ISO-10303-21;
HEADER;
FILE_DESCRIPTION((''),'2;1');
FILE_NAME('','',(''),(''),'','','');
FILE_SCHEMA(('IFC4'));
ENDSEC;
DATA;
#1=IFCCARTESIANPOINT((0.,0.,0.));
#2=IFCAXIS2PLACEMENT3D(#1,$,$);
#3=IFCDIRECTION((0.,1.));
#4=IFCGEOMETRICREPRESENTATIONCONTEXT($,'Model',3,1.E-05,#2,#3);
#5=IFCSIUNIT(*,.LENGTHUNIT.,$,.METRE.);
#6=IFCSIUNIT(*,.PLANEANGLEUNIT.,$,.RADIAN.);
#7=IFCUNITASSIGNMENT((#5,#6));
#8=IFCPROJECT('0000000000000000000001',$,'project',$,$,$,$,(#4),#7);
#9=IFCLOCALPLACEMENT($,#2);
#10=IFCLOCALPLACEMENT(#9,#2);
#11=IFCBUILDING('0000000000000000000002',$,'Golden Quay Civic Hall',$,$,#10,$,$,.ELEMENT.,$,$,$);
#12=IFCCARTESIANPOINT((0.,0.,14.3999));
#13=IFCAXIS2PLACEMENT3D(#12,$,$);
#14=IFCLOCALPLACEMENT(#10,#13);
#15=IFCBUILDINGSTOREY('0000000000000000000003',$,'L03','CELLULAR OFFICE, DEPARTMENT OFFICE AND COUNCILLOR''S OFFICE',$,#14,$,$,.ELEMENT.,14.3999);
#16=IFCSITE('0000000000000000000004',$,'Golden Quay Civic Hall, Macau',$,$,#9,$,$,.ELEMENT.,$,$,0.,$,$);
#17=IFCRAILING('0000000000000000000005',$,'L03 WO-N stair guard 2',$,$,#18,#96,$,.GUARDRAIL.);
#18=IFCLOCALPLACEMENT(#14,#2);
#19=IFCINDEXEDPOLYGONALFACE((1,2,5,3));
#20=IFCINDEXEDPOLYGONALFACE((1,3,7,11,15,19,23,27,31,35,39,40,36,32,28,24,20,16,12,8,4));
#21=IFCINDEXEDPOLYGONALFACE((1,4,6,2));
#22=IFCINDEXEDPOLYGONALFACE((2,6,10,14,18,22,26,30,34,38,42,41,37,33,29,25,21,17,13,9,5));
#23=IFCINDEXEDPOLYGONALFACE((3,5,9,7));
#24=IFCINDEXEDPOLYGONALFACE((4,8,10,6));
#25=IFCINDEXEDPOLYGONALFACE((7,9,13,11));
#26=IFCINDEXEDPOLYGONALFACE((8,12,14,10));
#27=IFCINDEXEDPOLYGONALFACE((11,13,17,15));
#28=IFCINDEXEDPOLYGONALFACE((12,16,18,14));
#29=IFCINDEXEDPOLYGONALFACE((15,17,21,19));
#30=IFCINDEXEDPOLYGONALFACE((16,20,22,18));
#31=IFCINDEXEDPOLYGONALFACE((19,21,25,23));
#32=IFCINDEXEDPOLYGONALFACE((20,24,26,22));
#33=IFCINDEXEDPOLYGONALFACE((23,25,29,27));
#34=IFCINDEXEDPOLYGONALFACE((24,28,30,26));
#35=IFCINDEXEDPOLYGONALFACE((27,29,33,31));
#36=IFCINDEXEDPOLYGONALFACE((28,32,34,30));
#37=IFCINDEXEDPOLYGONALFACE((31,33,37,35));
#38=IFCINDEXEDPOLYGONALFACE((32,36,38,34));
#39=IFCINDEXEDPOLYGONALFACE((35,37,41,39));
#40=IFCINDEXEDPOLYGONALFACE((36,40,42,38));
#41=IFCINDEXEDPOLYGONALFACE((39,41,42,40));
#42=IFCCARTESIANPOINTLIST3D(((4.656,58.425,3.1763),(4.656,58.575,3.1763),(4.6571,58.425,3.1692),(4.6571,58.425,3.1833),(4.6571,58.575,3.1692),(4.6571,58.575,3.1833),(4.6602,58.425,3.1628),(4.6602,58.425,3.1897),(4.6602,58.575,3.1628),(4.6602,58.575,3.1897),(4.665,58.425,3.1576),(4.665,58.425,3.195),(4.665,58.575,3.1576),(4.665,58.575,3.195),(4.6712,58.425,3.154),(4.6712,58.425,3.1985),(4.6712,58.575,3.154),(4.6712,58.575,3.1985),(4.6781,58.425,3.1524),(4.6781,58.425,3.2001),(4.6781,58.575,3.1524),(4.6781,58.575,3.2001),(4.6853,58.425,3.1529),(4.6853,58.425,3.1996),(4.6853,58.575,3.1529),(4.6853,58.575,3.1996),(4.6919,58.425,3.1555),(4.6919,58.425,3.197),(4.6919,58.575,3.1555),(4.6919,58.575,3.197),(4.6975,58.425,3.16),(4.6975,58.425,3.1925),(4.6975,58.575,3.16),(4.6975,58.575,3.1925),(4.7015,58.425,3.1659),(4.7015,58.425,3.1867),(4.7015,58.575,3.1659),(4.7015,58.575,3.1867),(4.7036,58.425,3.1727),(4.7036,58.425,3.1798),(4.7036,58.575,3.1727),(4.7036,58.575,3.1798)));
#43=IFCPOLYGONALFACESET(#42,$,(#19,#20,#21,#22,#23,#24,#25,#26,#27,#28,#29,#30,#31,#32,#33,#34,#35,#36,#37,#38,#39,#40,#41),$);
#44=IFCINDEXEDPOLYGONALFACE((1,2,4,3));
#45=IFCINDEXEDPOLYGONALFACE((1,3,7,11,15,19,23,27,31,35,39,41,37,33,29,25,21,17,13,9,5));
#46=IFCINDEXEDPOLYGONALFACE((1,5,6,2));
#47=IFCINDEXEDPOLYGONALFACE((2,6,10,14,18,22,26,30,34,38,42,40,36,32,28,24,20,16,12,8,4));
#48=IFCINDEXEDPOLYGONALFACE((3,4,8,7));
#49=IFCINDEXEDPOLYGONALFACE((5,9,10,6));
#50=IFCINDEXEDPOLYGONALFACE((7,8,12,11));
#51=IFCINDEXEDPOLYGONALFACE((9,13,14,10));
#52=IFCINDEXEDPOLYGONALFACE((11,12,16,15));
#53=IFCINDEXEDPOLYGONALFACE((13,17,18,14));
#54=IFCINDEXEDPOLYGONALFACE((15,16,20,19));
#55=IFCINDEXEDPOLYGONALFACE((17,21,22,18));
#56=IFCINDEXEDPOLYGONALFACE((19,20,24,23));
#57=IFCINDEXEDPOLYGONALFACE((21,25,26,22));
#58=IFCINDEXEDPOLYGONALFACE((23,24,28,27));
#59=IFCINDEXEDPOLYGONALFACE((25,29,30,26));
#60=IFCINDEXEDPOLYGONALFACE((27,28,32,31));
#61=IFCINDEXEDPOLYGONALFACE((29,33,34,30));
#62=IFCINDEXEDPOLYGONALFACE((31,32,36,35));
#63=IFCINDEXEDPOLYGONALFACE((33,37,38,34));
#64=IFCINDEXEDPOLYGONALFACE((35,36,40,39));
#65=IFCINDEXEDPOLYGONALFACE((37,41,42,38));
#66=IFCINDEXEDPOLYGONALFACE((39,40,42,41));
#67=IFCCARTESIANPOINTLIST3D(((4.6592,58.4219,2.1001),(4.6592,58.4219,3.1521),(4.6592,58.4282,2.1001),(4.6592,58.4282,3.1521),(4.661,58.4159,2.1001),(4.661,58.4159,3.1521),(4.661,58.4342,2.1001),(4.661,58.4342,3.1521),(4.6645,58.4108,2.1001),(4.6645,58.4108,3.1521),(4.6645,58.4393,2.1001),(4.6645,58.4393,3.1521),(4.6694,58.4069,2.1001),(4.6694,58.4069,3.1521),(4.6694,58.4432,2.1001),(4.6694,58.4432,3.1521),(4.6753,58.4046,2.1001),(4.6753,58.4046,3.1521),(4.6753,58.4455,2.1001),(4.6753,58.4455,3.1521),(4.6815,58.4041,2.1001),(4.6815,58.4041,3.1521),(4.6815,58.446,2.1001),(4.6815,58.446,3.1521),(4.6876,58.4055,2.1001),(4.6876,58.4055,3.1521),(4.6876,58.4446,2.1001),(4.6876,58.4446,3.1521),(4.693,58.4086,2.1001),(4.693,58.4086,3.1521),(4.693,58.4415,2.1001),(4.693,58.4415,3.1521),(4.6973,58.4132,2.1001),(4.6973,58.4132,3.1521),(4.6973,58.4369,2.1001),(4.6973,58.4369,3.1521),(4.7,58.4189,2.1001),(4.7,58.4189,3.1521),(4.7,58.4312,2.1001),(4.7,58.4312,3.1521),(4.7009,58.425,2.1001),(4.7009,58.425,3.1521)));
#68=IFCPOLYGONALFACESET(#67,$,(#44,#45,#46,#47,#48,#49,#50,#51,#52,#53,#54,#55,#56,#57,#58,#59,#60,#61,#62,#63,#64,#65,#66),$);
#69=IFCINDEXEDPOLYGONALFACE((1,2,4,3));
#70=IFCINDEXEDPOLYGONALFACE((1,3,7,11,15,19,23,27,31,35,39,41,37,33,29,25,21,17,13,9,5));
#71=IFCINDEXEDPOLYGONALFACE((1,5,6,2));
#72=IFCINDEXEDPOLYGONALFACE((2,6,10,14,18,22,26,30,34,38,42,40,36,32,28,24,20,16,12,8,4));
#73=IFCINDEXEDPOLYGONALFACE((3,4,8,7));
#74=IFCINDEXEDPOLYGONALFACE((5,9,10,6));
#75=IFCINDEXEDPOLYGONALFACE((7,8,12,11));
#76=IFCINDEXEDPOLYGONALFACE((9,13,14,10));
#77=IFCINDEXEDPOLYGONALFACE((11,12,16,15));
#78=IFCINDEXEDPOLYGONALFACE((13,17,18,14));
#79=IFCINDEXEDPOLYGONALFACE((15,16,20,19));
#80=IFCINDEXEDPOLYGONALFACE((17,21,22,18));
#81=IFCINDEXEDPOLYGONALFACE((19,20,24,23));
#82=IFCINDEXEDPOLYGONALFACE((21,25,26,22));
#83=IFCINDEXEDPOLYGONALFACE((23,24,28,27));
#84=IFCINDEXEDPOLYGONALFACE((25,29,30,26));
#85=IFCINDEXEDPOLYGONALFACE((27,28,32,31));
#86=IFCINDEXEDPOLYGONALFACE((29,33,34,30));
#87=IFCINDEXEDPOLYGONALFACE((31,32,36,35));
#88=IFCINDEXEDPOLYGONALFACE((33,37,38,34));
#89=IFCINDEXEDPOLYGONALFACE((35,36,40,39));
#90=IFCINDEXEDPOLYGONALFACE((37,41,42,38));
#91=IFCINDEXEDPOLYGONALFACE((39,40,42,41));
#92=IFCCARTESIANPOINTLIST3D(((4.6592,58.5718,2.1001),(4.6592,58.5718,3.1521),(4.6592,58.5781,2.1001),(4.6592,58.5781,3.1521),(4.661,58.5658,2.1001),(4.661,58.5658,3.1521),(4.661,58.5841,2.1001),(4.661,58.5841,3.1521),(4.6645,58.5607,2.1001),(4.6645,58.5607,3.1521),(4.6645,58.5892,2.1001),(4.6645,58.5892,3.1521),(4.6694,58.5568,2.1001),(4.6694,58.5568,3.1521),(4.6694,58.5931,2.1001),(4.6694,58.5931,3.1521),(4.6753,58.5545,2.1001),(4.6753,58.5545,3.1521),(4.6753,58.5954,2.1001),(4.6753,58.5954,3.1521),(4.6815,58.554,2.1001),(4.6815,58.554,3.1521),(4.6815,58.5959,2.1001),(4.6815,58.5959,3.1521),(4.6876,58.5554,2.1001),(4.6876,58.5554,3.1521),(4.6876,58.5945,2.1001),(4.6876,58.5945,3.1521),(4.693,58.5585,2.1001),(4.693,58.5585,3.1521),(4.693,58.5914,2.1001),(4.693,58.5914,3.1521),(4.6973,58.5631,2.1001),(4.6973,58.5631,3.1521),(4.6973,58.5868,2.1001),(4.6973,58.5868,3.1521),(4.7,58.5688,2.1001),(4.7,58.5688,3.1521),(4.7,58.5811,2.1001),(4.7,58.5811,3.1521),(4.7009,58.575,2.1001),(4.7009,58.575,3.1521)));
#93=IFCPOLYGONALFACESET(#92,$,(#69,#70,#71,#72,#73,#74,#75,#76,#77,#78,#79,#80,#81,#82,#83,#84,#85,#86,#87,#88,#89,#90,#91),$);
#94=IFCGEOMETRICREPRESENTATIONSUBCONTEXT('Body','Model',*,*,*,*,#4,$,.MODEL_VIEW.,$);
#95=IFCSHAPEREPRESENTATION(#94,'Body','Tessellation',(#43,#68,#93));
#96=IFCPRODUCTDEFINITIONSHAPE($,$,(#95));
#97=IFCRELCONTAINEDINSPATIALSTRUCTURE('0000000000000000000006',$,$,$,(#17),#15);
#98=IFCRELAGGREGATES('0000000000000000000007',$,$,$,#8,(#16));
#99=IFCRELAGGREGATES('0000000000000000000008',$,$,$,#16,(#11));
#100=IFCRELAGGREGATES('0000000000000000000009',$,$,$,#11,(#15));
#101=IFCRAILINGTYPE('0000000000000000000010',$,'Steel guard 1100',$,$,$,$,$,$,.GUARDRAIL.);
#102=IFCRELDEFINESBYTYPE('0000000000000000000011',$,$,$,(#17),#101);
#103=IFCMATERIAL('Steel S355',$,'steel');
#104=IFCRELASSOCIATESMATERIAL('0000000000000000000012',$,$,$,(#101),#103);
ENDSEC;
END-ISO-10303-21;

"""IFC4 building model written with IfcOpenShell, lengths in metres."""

from ifc_helpers import new_model, si_unit, direction, frame, origin, origin_2d, place, context, subcontext, project, spatial, circle, extrude, material, type_object, element, save


model = new_model("IFC4")

# Units and contexts
model_context = context("Model", 3, precision=1e-05, world=origin(), true_north=direction((0.0, 1.0)))
body_context = subcontext(model_context, "Body", "Model", "MODEL_VIEW")
ifc_project = project(units=[si_unit("LENGTHUNIT", "METRE"), si_unit("PLANEANGLEUNIT", "RADIAN")], contexts=[model_context])

# Site, building, storey
site_placement = place(None, origin())
site = spatial("IfcSite", under=ifc_project, at=site_placement, Name="Golden Quay Civic Hall, Macau", CompositionType="ELEMENT", RefElevation=0.0)
building_placement = place(site_placement, origin())
building = spatial("IfcBuilding", under=site, at=building_placement, Name="Golden Quay Civic Hall", CompositionType="ELEMENT")
storey_placement = place(building_placement, frame((0.0, 0.0, 14.3999)))
storey = spatial("IfcBuildingStorey", under=building, at=storey_placement, Name="L03", Description="CELLULAR OFFICE, DEPARTMENT OFFICE AND COUNCILLOR'S OFFICE", CompositionType="ELEMENT", Elevation=14.3999)

# Railing
ifc_material_1 = material(Name="Steel S355", Category="steel")
railing_type_1 = type_object("IfcRailingType", Name="Steel guard 1100", PredefinedType="GUARDRAIL", material=ifc_material_1)
railing_1_placement = place(storey_placement, frame((4.6799, 58.425, 2.1001)))
element("IfcRailing", 1, at=railing_1_placement, inside=storey, type_object=railing_type_1, Name="L03 WO-N stair guard 2", PredefinedType="GUARDRAIL", context=body_context, shape_type="SweptSolid", body=[
    extrude(circle(Radius=0.0239, at=origin_2d()), frame((0.0, 0.0, 1.0762), z_axis=(0.0, 1.0, 0.0), x_axis=(-1.0, 0.0, 0.0)), (0.0, 0.0, 1.0), 0.1499),
    extrude(circle(Radius=0.021, at=origin_2d()), origin(), (0.0, 0.0, 1.0), 1.052),
    extrude(circle(Radius=0.021, at=origin_2d()), frame((0.0, 0.1499, 0.0)), (0.0, 0.0, 1.0), 1.052),
])

save(model, "model.ifc")
